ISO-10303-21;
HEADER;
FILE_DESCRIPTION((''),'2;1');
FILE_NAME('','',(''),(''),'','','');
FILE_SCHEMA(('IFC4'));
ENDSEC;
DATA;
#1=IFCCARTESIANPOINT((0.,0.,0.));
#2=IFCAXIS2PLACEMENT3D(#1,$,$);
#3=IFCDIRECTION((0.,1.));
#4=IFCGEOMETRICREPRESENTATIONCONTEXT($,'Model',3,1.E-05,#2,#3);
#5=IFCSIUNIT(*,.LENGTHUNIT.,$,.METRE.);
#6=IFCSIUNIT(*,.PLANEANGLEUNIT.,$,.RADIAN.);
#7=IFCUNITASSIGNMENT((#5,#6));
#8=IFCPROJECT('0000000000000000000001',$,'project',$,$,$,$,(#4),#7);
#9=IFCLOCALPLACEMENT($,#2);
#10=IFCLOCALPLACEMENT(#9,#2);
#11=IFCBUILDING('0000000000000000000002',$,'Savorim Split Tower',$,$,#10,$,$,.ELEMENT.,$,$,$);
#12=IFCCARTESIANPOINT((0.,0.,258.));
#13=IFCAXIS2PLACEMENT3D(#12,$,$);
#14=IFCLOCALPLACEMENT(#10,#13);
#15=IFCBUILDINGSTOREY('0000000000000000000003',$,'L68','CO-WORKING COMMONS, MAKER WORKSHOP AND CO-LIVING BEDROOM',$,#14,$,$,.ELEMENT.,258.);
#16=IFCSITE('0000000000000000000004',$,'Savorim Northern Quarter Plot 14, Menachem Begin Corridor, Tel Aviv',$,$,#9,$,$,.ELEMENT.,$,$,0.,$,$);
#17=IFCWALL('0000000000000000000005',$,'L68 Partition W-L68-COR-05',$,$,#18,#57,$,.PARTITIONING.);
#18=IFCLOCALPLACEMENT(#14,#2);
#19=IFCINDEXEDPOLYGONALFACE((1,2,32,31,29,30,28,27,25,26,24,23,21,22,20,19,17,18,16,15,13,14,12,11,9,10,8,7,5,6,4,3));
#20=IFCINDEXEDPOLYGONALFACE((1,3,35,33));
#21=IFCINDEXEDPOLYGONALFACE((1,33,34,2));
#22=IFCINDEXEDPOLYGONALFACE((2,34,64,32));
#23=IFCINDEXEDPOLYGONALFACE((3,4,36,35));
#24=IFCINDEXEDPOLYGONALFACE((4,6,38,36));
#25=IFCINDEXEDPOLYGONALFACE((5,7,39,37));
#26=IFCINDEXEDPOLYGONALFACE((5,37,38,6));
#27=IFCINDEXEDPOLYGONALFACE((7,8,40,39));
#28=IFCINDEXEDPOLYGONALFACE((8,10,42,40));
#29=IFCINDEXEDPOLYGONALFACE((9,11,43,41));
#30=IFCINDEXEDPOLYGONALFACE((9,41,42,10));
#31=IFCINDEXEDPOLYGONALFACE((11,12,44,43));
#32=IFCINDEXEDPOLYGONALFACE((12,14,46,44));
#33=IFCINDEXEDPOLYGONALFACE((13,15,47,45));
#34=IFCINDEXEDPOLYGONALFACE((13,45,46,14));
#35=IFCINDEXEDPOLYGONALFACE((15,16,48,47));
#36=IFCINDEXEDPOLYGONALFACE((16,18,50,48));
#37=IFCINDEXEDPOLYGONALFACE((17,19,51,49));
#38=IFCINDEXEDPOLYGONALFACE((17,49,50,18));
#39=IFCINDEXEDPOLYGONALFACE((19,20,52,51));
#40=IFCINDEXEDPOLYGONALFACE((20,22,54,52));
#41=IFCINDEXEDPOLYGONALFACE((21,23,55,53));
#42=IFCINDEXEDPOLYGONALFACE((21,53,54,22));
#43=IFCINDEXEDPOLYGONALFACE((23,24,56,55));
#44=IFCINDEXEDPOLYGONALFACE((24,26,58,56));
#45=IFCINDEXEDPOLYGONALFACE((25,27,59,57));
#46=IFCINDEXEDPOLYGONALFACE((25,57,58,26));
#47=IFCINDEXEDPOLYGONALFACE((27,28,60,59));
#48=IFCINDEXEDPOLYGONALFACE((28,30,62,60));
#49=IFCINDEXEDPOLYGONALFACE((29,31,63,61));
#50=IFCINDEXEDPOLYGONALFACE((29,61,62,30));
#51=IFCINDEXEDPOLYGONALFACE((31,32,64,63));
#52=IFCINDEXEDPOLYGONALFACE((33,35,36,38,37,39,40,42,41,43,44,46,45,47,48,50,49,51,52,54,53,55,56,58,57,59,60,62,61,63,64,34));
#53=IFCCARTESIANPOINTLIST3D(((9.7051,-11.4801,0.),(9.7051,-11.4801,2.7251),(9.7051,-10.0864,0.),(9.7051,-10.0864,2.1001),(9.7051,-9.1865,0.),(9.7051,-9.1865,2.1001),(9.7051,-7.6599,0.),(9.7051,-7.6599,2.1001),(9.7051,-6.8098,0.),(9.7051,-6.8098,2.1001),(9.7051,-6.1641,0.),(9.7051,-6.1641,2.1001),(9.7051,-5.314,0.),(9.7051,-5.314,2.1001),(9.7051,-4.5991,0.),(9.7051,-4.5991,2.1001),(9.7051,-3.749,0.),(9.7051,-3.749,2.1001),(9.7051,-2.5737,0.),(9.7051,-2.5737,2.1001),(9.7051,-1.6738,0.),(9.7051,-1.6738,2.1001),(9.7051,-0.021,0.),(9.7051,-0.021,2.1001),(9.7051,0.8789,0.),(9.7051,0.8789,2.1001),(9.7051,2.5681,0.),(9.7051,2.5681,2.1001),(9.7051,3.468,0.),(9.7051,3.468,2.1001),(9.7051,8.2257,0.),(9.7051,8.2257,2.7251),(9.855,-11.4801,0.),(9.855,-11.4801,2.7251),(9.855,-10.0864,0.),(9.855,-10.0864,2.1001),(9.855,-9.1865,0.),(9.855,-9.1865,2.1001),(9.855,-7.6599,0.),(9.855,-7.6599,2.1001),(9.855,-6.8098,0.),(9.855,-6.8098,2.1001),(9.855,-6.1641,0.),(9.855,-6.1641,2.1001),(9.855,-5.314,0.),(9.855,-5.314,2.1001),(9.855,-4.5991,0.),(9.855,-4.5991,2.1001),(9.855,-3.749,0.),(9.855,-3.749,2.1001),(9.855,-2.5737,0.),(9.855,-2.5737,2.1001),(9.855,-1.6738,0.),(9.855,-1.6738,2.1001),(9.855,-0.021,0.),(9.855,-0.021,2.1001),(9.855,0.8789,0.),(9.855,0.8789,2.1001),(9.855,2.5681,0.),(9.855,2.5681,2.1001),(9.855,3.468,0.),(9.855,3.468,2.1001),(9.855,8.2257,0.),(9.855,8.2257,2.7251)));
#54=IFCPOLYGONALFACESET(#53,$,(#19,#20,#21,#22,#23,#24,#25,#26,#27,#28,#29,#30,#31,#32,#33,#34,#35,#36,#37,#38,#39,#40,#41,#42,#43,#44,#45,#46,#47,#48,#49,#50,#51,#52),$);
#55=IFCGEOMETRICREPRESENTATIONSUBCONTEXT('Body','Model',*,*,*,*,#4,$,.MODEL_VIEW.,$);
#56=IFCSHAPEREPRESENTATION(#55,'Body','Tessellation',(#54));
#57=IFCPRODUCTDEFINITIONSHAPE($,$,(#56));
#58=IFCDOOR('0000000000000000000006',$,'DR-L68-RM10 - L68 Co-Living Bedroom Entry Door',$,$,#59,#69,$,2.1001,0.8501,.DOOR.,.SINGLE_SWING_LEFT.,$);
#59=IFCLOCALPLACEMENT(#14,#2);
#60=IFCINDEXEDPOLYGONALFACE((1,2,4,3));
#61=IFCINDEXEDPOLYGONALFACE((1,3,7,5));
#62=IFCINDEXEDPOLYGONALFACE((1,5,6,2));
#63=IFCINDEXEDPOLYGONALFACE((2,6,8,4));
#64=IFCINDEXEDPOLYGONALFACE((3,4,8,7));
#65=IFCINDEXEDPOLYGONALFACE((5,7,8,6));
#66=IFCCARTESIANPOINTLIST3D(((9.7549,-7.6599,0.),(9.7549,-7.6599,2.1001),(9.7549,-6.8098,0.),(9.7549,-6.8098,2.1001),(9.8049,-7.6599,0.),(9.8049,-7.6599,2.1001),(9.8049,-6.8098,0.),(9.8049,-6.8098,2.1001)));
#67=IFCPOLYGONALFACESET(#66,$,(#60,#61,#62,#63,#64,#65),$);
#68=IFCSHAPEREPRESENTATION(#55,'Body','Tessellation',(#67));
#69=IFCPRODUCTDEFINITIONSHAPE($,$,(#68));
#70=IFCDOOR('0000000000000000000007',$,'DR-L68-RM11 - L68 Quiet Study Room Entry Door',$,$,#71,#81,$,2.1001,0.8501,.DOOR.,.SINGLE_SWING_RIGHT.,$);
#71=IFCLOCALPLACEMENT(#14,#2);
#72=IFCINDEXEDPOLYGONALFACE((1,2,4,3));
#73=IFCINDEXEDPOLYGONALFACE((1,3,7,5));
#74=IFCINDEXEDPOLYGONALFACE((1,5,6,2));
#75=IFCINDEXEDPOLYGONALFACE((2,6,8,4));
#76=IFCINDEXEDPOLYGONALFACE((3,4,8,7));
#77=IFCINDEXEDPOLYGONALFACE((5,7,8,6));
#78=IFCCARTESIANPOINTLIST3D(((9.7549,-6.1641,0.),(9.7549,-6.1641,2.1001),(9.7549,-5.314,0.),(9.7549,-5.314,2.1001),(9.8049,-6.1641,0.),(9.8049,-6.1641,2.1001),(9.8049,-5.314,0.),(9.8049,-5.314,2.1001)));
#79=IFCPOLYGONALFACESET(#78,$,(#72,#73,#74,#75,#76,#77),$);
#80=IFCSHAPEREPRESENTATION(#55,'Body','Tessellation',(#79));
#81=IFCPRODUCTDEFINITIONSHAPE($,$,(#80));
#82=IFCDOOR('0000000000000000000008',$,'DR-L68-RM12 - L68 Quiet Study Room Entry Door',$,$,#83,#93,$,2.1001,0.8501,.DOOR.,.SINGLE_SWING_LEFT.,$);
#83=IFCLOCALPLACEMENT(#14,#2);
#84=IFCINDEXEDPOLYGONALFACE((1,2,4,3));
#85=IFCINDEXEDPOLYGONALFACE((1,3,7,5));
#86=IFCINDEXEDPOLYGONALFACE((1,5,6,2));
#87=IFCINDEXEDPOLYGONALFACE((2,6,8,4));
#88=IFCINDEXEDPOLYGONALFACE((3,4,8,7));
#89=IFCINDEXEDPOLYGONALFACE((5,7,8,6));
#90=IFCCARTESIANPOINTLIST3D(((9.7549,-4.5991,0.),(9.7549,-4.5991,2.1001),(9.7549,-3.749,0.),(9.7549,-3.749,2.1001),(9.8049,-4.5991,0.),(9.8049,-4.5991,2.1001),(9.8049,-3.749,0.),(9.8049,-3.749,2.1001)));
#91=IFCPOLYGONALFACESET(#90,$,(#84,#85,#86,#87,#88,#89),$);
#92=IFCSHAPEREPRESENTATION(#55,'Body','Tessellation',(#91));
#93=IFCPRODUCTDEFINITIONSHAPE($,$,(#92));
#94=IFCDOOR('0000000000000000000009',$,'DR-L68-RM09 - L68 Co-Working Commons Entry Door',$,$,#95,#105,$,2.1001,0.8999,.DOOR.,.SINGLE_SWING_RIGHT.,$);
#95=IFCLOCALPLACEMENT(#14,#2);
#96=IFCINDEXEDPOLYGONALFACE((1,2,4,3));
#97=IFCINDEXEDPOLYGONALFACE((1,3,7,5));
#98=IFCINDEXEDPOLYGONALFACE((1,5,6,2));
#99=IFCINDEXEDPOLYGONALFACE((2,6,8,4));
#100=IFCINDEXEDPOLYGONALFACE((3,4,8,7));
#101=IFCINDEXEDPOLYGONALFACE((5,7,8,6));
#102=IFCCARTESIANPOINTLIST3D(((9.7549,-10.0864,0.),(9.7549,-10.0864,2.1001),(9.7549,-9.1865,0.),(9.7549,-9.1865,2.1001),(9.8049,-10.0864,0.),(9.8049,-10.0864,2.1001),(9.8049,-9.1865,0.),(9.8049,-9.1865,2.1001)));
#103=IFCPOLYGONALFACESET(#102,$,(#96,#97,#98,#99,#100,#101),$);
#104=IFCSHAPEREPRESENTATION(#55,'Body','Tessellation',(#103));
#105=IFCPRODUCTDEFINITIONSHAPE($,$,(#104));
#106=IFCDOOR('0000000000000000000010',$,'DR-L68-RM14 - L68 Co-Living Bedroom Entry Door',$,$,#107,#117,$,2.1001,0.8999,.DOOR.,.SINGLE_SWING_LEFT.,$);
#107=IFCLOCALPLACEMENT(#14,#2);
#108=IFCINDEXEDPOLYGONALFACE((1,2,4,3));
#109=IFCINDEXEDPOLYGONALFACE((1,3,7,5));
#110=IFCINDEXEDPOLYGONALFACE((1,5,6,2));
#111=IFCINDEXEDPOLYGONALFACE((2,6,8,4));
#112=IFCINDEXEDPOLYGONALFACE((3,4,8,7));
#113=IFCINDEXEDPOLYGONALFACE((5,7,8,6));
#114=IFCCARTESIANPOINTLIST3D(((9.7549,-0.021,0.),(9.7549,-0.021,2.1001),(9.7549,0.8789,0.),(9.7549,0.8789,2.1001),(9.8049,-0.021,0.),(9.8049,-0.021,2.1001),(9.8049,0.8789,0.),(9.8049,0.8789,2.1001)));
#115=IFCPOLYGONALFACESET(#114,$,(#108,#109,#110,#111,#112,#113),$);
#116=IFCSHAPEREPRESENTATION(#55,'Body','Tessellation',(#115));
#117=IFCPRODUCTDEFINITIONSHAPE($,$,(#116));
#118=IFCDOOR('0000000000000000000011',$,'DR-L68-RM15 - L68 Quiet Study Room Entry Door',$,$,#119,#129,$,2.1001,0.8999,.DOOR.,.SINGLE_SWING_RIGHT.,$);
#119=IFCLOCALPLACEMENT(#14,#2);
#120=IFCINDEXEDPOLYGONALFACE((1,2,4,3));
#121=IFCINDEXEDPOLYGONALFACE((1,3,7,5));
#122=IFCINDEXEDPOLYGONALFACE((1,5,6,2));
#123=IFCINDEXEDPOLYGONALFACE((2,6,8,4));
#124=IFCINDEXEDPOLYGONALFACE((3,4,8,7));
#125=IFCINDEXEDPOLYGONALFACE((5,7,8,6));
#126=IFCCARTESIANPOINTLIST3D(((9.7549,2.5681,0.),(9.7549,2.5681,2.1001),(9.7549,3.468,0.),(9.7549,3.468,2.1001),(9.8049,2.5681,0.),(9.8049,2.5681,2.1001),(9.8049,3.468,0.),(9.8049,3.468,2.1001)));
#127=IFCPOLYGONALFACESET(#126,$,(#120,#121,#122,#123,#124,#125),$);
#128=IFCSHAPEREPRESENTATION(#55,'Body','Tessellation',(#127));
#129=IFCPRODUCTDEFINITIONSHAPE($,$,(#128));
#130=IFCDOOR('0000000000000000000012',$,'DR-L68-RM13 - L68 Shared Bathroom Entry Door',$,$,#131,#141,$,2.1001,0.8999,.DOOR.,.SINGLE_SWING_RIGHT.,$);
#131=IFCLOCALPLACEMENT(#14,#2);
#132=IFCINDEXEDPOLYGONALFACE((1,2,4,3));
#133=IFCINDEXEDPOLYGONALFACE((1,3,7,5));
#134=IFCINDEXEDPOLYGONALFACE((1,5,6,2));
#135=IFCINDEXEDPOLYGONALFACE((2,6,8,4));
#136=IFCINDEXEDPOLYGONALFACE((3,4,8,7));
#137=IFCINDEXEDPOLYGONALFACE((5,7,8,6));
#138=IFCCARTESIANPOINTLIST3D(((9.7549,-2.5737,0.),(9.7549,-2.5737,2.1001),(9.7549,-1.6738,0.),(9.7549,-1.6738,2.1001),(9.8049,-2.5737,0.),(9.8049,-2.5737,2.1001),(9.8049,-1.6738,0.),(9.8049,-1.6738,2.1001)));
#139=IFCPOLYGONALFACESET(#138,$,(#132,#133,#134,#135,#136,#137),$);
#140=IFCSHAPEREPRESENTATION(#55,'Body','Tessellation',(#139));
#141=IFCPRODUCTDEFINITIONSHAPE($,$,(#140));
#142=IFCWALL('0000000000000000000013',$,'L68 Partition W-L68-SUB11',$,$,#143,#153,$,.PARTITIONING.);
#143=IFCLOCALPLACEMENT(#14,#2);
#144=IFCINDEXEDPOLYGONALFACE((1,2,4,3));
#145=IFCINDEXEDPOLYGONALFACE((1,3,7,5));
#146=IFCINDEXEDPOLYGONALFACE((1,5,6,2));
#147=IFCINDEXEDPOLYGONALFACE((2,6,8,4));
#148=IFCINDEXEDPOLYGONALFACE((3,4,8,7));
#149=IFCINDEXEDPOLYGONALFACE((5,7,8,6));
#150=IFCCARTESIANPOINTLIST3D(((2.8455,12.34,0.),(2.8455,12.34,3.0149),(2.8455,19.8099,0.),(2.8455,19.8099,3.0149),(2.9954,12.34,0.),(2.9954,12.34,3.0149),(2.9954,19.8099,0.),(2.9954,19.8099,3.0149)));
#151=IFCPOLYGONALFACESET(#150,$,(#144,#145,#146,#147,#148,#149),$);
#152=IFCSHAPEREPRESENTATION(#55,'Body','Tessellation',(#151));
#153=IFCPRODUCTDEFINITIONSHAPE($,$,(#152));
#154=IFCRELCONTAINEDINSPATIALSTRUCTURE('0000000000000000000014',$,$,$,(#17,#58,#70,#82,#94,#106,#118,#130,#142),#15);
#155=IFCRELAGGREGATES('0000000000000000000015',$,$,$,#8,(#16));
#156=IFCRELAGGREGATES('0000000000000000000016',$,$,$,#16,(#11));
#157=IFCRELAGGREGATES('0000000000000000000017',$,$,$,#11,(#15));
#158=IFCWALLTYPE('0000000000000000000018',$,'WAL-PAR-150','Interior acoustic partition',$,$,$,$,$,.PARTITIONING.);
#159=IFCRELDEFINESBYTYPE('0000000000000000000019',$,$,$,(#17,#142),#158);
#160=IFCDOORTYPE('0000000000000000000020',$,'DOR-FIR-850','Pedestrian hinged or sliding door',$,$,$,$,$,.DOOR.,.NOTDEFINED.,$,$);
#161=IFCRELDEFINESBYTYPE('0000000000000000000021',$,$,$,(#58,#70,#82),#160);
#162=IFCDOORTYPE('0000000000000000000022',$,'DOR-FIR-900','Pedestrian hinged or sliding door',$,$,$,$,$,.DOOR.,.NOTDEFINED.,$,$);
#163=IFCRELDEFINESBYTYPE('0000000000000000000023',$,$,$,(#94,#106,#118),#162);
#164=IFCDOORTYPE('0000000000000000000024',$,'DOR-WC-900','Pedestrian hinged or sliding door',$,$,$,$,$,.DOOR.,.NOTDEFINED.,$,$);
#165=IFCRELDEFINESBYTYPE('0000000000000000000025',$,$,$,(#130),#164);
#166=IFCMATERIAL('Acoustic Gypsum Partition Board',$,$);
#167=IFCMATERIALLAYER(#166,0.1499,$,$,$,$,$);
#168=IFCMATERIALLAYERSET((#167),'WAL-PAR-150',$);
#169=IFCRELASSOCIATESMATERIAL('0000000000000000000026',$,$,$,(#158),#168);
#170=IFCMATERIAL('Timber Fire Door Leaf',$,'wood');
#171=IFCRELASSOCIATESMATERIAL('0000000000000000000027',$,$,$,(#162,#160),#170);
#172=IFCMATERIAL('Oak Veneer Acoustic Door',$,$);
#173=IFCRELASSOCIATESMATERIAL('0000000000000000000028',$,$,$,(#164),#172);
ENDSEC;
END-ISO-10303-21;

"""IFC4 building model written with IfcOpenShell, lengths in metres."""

from ifc_helpers import new_model, si_unit, direction, frame, frame_2d, origin, place, context, subcontext, project, spatial, rectangle, extrude, material, layer, layer_set, type_object, element, fill, save


model = new_model("IFC4")

# Units and contexts
model_context = context("Model", 3, precision=1e-05, world=origin(), true_north=direction((0.0, 1.0)))
body_context = subcontext(model_context, "Body", "Model", "MODEL_VIEW")
ifc_project = project(units=[si_unit("LENGTHUNIT", "METRE"), si_unit("PLANEANGLEUNIT", "RADIAN")], contexts=[model_context])

# Site, building, storey
site_placement = place(None, origin())
site = spatial("IfcSite", under=ifc_project, at=site_placement, Name="Savorim Northern Quarter Plot 14, Menachem Begin Corridor, Tel Aviv", CompositionType="ELEMENT", RefElevation=0.0)
building_placement = place(site_placement, origin())
building = spatial("IfcBuilding", under=site, at=building_placement, Name="Savorim Split Tower", CompositionType="ELEMENT")
storey_placement = place(building_placement, frame((0.0, 0.0, 258.0)))
storey = spatial("IfcBuildingStorey", under=building, at=storey_placement, Name="L68", Description="CO-WORKING COMMONS, MAKER WORKSHOP AND CO-LIVING BEDROOM", CompositionType="ELEMENT", Elevation=258.0)

# Shared definitions
ifc_material_1 = material(Name="Timber Fire Door Leaf", Category="wood")

# Shared definitions
ifc_material_2 = material(Name="Acoustic Gypsum Partition Board")
ifc_layer_1 = layer(ifc_material_2, 0.1499)
ifc_layer_set_1 = layer_set([ifc_layer_1], Name="WAL-PAR-150")
wall_type_1 = type_object("IfcWallType", Name="WAL-PAR-150", Description="Interior acoustic partition", PredefinedType="PARTITIONING", material=ifc_layer_set_1)
door_type_1 = type_object("IfcDoorType", Name="DOR-FIR-900", Description="Pedestrian hinged or sliding door", OperationType="NOTDEFINED", PredefinedType="DOOR", material=ifc_material_1)

# Wall, openings, doors
wall_1_placement = place(storey_placement, frame((9.78, 8.2258, 0.0), z_axis=(0.0, 0.0, 1.0), x_axis=(0.0, -1.0, 0.0)))
wall_1 = element("IfcWall", 1, at=wall_1_placement, inside=storey, type_object=wall_type_1, Name="L68 Partition W-L68-COR-05", PredefinedType="PARTITIONING", context=body_context, shape_type="SweptSolid", body=[
    extrude(rectangle(XDim=19.7058, YDim=0.1499, at=frame_2d((9.853, 0.0))), origin(), (0.0, 0.0, 1.0), 2.7251),
])
opening_1_placement = place(wall_1_placement, frame((17.4124, 0.0, 0.0)))
opening_1 = element("IfcOpeningElement", 2, at=opening_1_placement, cuts=wall_1, PredefinedType="OPENING", context=body_context, shape_type="SweptSolid", body=[
    extrude(rectangle(XDim=0.8999, YDim=2.1001, at=frame_2d((0.45, 1.05))), frame((0.0, 0.085, 0.0), z_axis=(0.0, -1.0, 0.0), x_axis=(1.0, 0.0, 0.0)), (0.0, 0.0, 1.0), 0.1699),
])
opening_2_placement = place(wall_1_placement, frame((15.0356, 0.0, 0.0)))
opening_2 = element("IfcOpeningElement", 3, at=opening_2_placement, cuts=wall_1, PredefinedType="OPENING", context=body_context, shape_type="SweptSolid", body=[
    extrude(rectangle(XDim=0.8501, YDim=2.1001, at=frame_2d((0.425, 1.05))), frame((0.0, 0.085, 0.0), z_axis=(0.0, -1.0, 0.0), x_axis=(1.0, 0.0, 0.0)), (0.0, 0.0, 1.0), 0.1699),
])
opening_3_placement = place(wall_1_placement, frame((13.5398, 0.0, 0.0)))
opening_3 = element("IfcOpeningElement", 4, at=opening_3_placement, cuts=wall_1, PredefinedType="OPENING", context=body_context, shape_type="SweptSolid", body=[
    extrude(rectangle(XDim=0.8501, YDim=2.1001, at=frame_2d((0.425, 1.05))), frame((0.0, 0.085, 0.0), z_axis=(0.0, -1.0, 0.0), x_axis=(1.0, 0.0, 0.0)), (0.0, 0.0, 1.0), 0.1699),
])
opening_4_placement = place(wall_1_placement, frame((11.9749, 0.0, 0.0)))
opening_4 = element("IfcOpeningElement", 5, at=opening_4_placement, cuts=wall_1, PredefinedType="OPENING", context=body_context, shape_type="SweptSolid", body=[
    extrude(rectangle(XDim=0.8501, YDim=2.1001, at=frame_2d((0.425, 1.05))), frame((0.0, 0.085, 0.0), z_axis=(0.0, -1.0, 0.0), x_axis=(1.0, 0.0, 0.0)), (0.0, 0.0, 1.0), 0.1699),
])
opening_5_placement = place(wall_1_placement, frame((9.8997, 0.0, 0.0)))
opening_5 = element("IfcOpeningElement", 6, at=opening_5_placement, cuts=wall_1, PredefinedType="OPENING", context=body_context, shape_type="SweptSolid", body=[
    extrude(rectangle(XDim=0.8999, YDim=2.1001, at=frame_2d((0.45, 1.05))), frame((0.0, 0.085, 0.0), z_axis=(0.0, -1.0, 0.0), x_axis=(1.0, 0.0, 0.0)), (0.0, 0.0, 1.0), 0.1699),
])
opening_6_placement = place(wall_1_placement, frame((7.3469, 0.0, 0.0)))
opening_6 = element("IfcOpeningElement", 7, at=opening_6_placement, cuts=wall_1, PredefinedType="OPENING", context=body_context, shape_type="SweptSolid", body=[
    extrude(rectangle(XDim=0.8999, YDim=2.1001, at=frame_2d((0.45, 1.05))), frame((0.0, 0.085, 0.0), z_axis=(0.0, -1.0, 0.0), x_axis=(1.0, 0.0, 0.0)), (0.0, 0.0, 1.0), 0.1699),
])
opening_7_placement = place(wall_1_placement, frame((4.7578, 0.0, 0.0)))
opening_7 = element("IfcOpeningElement", 8, at=opening_7_placement, cuts=wall_1, PredefinedType="OPENING", context=body_context, shape_type="SweptSolid", body=[
    extrude(rectangle(XDim=0.8999, YDim=2.1001, at=frame_2d((0.45, 1.05))), frame((0.0, 0.085, 0.0), z_axis=(0.0, -1.0, 0.0), x_axis=(1.0, 0.0, 0.0)), (0.0, 0.0, 1.0), 0.1699),
])
door_type_2 = type_object("IfcDoorType", Name="DOR-FIR-850", Description="Pedestrian hinged or sliding door", OperationType="NOTDEFINED", PredefinedType="DOOR", material=ifc_material_1)
door_1_placement = place(opening_2_placement, origin())
door_1 = element("IfcDoor", 9, at=door_1_placement, inside=storey, type_object=door_type_2, Name="DR-L68-RM10 - L68 Co-Living Bedroom Entry Door", OperationType="SINGLE_SWING_LEFT", OverallHeight=2.1001, OverallWidth=0.8501, PredefinedType="DOOR", context=body_context, shape_type="SweptSolid", body=[
    extrude(rectangle(XDim=0.8501, YDim=2.1001, at=frame_2d((0.425, 1.05))), frame((0.0, 0.0249, 0.0), z_axis=(0.0, -1.0, 0.0), x_axis=(1.0, 0.0, 0.0)), (0.0, 0.0, 1.0), 0.05),
])
fill(opening_2, door_1)
door_2_placement = place(opening_3_placement, origin())
door_2 = element("IfcDoor", 10, at=door_2_placement, inside=storey, type_object=door_type_2, Name="DR-L68-RM11 - L68 Quiet Study Room Entry Door", OperationType="SINGLE_SWING_RIGHT", OverallHeight=2.1001, OverallWidth=0.8501, PredefinedType="DOOR", context=body_context, shape_type="SweptSolid", body=[
    extrude(rectangle(XDim=0.8501, YDim=2.1001, at=frame_2d((0.425, 1.05))), frame((0.0, 0.0249, 0.0), z_axis=(0.0, -1.0, 0.0), x_axis=(1.0, 0.0, 0.0)), (0.0, 0.0, 1.0), 0.05),
])
fill(opening_3, door_2)
door_3_placement = place(opening_4_placement, origin())
door_3 = element("IfcDoor", 11, at=door_3_placement, inside=storey, type_object=door_type_2, Name="DR-L68-RM12 - L68 Quiet Study Room Entry Door", OperationType="SINGLE_SWING_LEFT", OverallHeight=2.1001, OverallWidth=0.8501, PredefinedType="DOOR", context=body_context, shape_type="SweptSolid", body=[
    extrude(rectangle(XDim=0.8501, YDim=2.1001, at=frame_2d((0.425, 1.05))), frame((0.0, 0.0249, 0.0), z_axis=(0.0, -1.0, 0.0), x_axis=(1.0, 0.0, 0.0)), (0.0, 0.0, 1.0), 0.05),
])
fill(opening_4, door_3)
door_4_placement = place(opening_1_placement, origin())
door_4 = element("IfcDoor", 12, at=door_4_placement, inside=storey, type_object=door_type_1, Name="DR-L68-RM09 - L68 Co-Working Commons Entry Door", OperationType="SINGLE_SWING_RIGHT", OverallHeight=2.1001, OverallWidth=0.8999, PredefinedType="DOOR", context=body_context, shape_type="SweptSolid", body=[
    extrude(rectangle(XDim=0.8999, YDim=2.1001, at=frame_2d((0.45, 1.05))), frame((0.0, 0.0249, 0.0), z_axis=(0.0, -1.0, 0.0), x_axis=(1.0, 0.0, 0.0)), (0.0, 0.0, 1.0), 0.05),
])
fill(opening_1, door_4)
door_5_placement = place(opening_6_placement, origin())
door_5 = element("IfcDoor", 13, at=door_5_placement, inside=storey, type_object=door_type_1, Name="DR-L68-RM14 - L68 Co-Living Bedroom Entry Door", OperationType="SINGLE_SWING_LEFT", OverallHeight=2.1001, OverallWidth=0.8999, PredefinedType="DOOR", context=body_context, shape_type="SweptSolid", body=[
    extrude(rectangle(XDim=0.8999, YDim=2.1001, at=frame_2d((0.45, 1.05))), frame((0.0, 0.0249, 0.0), z_axis=(0.0, -1.0, 0.0), x_axis=(1.0, 0.0, 0.0)), (0.0, 0.0, 1.0), 0.05),
])
fill(opening_6, door_5)
door_6_placement = place(opening_7_placement, origin())
door_6 = element("IfcDoor", 14, at=door_6_placement, inside=storey, type_object=door_type_1, Name="DR-L68-RM15 - L68 Quiet Study Room Entry Door", OperationType="SINGLE_SWING_RIGHT", OverallHeight=2.1001, OverallWidth=0.8999, PredefinedType="DOOR", context=body_context, shape_type="SweptSolid", body=[
    extrude(rectangle(XDim=0.8999, YDim=2.1001, at=frame_2d((0.45, 1.05))), frame((0.0, 0.0249, 0.0), z_axis=(0.0, -1.0, 0.0), x_axis=(1.0, 0.0, 0.0)), (0.0, 0.0, 1.0), 0.05),
])
fill(opening_7, door_6)
ifc_material_3 = material(Name="Oak Veneer Acoustic Door")
door_type_3 = type_object("IfcDoorType", Name="DOR-WC-900", Description="Pedestrian hinged or sliding door", OperationType="NOTDEFINED", PredefinedType="DOOR", material=ifc_material_3)
door_7_placement = place(opening_5_placement, origin())
door_7 = element("IfcDoor", 15, at=door_7_placement, inside=storey, type_object=door_type_3, Name="DR-L68-RM13 - L68 Shared Bathroom Entry Door", OperationType="SINGLE_SWING_RIGHT", OverallHeight=2.1001, OverallWidth=0.8999, PredefinedType="DOOR", context=body_context, shape_type="SweptSolid", body=[
    extrude(rectangle(XDim=0.8999, YDim=2.1001, at=frame_2d((0.45, 1.05))), frame((0.0, 0.0249, 0.0), z_axis=(0.0, -1.0, 0.0), x_axis=(1.0, 0.0, 0.0)), (0.0, 0.0, 1.0), 0.05),
])
fill(opening_5, door_7)

# Wall
wall_2_placement = place(storey_placement, frame((2.9204, 12.3401, 0.0), z_axis=(0.0, 0.0, 1.0), x_axis=(0.0, 1.0, 0.0)))
element("IfcWall", 16, at=wall_2_placement, inside=storey, type_object=wall_type_1, Name="L68 Partition W-L68-SUB11", PredefinedType="PARTITIONING", context=body_context, shape_type="SweptSolid", body=[
    extrude(rectangle(XDim=7.47, YDim=0.1499, at=frame_2d((3.7349, 0.0))), origin(), (0.0, 0.0, 1.0), 3.0149),
])

save(model, "model.ifc")
